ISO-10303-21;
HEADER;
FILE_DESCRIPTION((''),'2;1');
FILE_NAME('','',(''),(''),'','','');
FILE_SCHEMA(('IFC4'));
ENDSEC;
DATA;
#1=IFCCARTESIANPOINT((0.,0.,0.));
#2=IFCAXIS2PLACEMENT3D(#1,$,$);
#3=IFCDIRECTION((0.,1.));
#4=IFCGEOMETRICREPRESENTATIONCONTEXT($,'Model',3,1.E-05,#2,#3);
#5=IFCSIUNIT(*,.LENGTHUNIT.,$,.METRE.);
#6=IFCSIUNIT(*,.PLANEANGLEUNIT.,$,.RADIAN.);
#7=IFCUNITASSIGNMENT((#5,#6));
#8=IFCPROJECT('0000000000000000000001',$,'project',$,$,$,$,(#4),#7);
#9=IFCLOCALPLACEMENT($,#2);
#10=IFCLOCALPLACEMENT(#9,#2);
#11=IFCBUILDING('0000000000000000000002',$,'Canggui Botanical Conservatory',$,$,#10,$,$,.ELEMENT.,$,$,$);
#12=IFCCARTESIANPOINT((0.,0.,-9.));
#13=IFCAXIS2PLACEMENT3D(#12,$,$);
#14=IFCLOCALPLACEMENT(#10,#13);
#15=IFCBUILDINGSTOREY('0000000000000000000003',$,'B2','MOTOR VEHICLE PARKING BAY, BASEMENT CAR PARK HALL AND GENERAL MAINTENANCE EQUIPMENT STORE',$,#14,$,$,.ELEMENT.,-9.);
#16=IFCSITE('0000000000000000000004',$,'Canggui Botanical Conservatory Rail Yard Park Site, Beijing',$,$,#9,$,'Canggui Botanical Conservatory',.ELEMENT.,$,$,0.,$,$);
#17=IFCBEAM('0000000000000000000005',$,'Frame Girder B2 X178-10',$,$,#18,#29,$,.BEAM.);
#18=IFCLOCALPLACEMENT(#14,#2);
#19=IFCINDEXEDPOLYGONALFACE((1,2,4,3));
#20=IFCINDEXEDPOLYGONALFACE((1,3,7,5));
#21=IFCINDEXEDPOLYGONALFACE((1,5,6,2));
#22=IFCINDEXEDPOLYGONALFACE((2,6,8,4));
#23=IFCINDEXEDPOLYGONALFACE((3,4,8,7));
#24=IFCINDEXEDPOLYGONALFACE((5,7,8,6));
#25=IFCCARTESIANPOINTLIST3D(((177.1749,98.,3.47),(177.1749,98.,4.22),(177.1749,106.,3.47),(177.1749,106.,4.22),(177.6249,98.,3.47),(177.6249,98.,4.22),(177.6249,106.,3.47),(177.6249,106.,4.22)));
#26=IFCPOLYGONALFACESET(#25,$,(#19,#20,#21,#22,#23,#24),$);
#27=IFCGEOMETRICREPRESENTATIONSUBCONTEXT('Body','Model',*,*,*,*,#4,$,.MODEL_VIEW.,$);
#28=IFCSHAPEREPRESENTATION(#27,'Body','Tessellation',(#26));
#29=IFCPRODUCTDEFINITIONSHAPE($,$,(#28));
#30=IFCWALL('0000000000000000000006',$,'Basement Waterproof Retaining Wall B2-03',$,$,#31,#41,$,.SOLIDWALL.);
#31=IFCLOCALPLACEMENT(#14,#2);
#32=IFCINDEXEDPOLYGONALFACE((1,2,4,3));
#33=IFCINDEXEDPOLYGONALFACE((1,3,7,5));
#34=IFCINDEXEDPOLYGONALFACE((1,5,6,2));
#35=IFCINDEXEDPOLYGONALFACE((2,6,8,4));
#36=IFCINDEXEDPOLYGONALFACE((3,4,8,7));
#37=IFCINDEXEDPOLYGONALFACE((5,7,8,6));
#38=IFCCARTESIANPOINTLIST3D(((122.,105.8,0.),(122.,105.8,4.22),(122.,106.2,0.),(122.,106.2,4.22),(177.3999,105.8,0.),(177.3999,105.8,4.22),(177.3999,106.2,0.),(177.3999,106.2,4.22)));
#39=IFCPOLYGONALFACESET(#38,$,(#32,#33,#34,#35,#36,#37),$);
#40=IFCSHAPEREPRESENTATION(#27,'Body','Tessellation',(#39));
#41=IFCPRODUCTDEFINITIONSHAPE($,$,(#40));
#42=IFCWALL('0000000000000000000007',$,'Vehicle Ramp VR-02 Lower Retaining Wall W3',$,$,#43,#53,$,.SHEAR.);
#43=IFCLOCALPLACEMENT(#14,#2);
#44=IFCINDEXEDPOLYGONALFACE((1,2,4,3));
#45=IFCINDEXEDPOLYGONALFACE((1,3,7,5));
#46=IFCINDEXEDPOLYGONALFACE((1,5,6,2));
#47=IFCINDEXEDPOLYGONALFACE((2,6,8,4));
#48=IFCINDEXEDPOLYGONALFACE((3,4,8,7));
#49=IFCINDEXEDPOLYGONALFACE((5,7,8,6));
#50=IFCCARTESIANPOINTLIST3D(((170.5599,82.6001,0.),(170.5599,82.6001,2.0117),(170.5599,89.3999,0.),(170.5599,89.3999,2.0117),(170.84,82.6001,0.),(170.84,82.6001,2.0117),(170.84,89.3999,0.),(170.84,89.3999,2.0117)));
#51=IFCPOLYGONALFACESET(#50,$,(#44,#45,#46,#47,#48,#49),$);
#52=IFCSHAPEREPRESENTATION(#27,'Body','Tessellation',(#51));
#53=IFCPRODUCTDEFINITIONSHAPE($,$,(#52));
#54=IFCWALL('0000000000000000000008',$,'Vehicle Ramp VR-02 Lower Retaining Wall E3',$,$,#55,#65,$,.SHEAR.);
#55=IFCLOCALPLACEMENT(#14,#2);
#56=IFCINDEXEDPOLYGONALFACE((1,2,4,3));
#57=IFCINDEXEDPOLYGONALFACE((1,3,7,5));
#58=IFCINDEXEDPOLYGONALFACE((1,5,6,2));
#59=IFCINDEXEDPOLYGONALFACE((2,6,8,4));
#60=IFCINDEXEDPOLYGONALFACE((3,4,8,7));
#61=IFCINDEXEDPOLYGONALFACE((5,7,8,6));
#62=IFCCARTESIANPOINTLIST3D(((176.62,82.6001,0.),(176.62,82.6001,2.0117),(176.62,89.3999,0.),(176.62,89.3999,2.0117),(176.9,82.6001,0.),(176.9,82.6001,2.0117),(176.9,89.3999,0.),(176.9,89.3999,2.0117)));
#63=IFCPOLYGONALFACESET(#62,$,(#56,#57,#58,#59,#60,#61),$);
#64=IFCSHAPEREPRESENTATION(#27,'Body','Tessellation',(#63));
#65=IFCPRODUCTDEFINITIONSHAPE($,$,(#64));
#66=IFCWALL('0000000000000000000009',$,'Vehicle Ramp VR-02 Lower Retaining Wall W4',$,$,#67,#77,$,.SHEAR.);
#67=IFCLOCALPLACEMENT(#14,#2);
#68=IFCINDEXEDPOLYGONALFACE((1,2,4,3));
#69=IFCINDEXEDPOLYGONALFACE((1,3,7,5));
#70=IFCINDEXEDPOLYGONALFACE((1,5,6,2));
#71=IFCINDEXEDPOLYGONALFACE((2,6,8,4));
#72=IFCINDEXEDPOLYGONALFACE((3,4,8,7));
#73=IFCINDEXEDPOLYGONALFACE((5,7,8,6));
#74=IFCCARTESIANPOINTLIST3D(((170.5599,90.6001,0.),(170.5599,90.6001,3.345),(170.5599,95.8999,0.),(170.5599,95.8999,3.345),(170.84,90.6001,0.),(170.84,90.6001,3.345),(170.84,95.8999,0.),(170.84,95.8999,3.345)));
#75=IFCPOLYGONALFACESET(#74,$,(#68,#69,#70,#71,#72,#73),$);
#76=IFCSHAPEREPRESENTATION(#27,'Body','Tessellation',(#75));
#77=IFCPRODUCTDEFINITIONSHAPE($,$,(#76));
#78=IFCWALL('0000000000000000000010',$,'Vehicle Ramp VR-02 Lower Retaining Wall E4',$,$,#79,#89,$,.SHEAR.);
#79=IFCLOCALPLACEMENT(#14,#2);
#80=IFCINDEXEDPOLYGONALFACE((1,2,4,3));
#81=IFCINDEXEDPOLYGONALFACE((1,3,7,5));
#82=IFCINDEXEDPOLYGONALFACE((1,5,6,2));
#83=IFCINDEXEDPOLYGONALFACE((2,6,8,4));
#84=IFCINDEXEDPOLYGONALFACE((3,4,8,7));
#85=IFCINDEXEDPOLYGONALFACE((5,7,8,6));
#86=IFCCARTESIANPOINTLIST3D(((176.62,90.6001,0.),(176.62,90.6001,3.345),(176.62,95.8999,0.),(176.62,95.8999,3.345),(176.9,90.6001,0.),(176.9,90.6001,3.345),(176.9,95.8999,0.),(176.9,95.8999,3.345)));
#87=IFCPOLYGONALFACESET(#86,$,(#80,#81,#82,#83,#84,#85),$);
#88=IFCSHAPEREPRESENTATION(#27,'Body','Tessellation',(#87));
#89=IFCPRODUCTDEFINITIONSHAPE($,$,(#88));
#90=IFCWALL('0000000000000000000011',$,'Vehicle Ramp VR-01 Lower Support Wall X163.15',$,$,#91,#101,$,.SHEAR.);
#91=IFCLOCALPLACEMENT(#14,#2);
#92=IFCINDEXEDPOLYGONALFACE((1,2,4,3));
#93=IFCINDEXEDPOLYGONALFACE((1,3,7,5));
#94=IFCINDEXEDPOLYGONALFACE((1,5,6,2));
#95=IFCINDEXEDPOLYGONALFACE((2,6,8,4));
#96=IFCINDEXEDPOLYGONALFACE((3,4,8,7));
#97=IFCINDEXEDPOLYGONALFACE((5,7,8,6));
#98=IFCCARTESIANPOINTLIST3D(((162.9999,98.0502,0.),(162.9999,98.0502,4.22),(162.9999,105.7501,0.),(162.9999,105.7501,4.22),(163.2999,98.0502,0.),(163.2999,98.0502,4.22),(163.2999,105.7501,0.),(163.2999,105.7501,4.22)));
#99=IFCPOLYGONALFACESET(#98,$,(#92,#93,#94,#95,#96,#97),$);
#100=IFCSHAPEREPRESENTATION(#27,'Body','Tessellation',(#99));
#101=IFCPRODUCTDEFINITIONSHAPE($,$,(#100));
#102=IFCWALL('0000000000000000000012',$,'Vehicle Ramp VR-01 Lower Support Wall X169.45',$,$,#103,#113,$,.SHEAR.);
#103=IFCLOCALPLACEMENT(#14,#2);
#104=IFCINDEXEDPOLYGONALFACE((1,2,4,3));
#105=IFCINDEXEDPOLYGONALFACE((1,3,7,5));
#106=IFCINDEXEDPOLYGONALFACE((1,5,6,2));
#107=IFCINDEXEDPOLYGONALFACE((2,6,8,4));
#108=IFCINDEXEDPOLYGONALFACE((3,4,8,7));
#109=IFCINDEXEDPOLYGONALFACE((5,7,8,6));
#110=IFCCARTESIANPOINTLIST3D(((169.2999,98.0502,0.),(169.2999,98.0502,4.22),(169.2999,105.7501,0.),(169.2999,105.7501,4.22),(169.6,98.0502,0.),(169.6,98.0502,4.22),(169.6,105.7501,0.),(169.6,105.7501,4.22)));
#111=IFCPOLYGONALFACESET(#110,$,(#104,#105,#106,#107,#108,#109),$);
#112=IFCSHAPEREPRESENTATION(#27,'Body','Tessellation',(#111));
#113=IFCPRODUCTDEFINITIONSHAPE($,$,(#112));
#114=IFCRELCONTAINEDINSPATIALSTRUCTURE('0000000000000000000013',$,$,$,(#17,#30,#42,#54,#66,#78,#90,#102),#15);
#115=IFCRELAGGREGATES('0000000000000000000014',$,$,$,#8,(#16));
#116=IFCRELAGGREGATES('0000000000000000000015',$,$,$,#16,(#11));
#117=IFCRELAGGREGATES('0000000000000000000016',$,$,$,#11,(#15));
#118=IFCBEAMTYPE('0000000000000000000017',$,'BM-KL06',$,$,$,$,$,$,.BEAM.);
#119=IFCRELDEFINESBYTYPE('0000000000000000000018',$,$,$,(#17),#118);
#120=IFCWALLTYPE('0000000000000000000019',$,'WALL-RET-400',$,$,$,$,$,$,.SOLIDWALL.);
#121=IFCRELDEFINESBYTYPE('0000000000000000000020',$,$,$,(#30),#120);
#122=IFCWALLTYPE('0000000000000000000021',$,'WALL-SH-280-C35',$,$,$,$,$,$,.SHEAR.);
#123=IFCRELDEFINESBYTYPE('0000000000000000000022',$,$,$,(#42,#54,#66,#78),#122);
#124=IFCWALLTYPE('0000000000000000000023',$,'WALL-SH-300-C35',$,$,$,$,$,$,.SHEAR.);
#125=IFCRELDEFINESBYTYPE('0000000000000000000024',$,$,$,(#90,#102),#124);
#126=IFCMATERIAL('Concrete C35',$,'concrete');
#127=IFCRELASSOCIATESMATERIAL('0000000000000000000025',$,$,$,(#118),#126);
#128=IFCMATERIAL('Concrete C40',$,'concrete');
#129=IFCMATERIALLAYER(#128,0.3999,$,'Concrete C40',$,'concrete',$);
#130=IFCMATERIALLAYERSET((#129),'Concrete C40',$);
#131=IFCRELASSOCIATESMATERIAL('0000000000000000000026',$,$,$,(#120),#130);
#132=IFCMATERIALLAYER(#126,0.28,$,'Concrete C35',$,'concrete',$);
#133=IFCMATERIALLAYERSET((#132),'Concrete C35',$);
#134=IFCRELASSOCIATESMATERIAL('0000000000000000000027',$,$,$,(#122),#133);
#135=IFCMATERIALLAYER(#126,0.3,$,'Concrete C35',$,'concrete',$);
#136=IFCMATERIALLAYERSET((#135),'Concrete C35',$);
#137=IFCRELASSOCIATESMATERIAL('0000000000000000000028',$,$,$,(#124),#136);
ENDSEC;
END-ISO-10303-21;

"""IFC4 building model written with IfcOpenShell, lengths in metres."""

from ifc_helpers import new_model, si_unit, direction, frame, frame_2d, origin, origin_2d, place, context, subcontext, project, spatial, rectangle, extrude, material, layer, layer_set, material_profile, profile_set, type_object, element, save


model = new_model("IFC4")

# Units and contexts
model_context = context("Model", 3, precision=1e-05, world=origin(), true_north=direction((0.0, 1.0)))
body_context = subcontext(model_context, "Body", "Model", "MODEL_VIEW")
ifc_project = project(units=[si_unit("LENGTHUNIT", "METRE"), si_unit("PLANEANGLEUNIT", "RADIAN")], contexts=[model_context])

# Site, building, storey
site_placement = place(None, origin())
site = spatial("IfcSite", under=ifc_project, at=site_placement, Name="Canggui Botanical Conservatory Rail Yard Park Site, Beijing", LongName="Canggui Botanical Conservatory", CompositionType="ELEMENT", RefElevation=0.0)
building_placement = place(site_placement, origin())
building = spatial("IfcBuilding", under=site, at=building_placement, Name="Canggui Botanical Conservatory", CompositionType="ELEMENT")
storey_placement = place(building_placement, frame((0.0, 0.0, -9.0)))
storey = spatial("IfcBuildingStorey", under=building, at=storey_placement, Name="B2", Description="MOTOR VEHICLE PARKING BAY, BASEMENT CAR PARK HALL AND GENERAL MAINTENANCE EQUIPMENT STORE", CompositionType="ELEMENT", Elevation=-9.0)

# Shared definitions
ifc_material_1 = material(Name="Concrete C35", Category="concrete")

# Beam
ifc_material_profile_1 = material_profile(ifc_material_1, rectangle(XDim=0.45, YDim=0.75, at=origin_2d()), Name="RB 450x750")
ifc_profile_set_1 = profile_set([ifc_material_profile_1], Name="Concrete C35")
beam_type_1 = type_object("IfcBeamType", Name="BM-KL06", PredefinedType="BEAM", material=ifc_profile_set_1)
for number, where, z_axis, x_axis, name in (
    (1, (177.3999, 98.0, 3.845), (0.0, 1.0, 0.0), (-1.0, 0.0, 0.0), "Frame Girder B2 X178-10"),
):
    element("IfcBeam", number, at=place(storey_placement, frame(where, z_axis=z_axis, x_axis=x_axis)), inside=storey, type_object=beam_type_1, Name=name, PredefinedType="BEAM", context=body_context, shape_type="SweptSolid", body=[
        extrude(rectangle(XDim=0.45, YDim=0.75, at=origin_2d()), origin(), (0.0, 0.0, 1.0), 8.0),
    ])

# Walls
ifc_material_2 = material(Name="Concrete C40", Category="concrete")
ifc_layer_1 = layer(ifc_material_2, 0.3999, Name="Concrete C40", Category="concrete")
ifc_layer_set_1 = layer_set([ifc_layer_1], Name="Concrete C40")
wall_type_1 = type_object("IfcWallType", Name="WALL-RET-400", PredefinedType="SOLIDWALL", material=ifc_layer_set_1)
wall_placement = place(storey_placement, frame((177.3999, 106.0, 0.0), z_axis=(0.0, 0.0, 1.0), x_axis=(-1.0, 0.0, 0.0)))
element("IfcWall", 2, at=wall_placement, inside=storey, type_object=wall_type_1, Name="Basement Waterproof Retaining Wall B2-03", PredefinedType="SOLIDWALL", context=body_context, shape_type="SweptSolid", body=[
    extrude(rectangle(XDim=55.3999, YDim=0.3999, at=frame_2d((27.7, 0.0))), origin(), (0.0, 0.0, 1.0), 4.22),
])
ifc_layer_2 = layer(ifc_material_1, 0.28, Name="Concrete C35", Category="concrete")
ifc_layer_set_2 = layer_set([ifc_layer_2], Name="Concrete C35")
wall_type_2 = type_object("IfcWallType", Name="WALL-SH-280-C35", PredefinedType="SHEAR", material=ifc_layer_set_2)
for number, where, z_axis, x_axis, name in (
    (3, (170.7, 82.6001, 0.0), (0.0, 0.0, 1.0), (0.0, 1.0, 0.0), "Vehicle Ramp VR-02 Lower Retaining Wall W3"),
    (4, (176.76, 82.6001, 0.0), (0.0, 0.0, 1.0), (0.0, 1.0, 0.0), "Vehicle Ramp VR-02 Lower Retaining Wall E3"),
):
    element("IfcWall", number, at=place(storey_placement, frame(where, z_axis=z_axis, x_axis=x_axis)), inside=storey, type_object=wall_type_2, Name=name, PredefinedType="SHEAR", context=body_context, shape_type="SweptSolid", body=[
        extrude(rectangle(XDim=6.7998, YDim=0.28, at=frame_2d((3.3999, 0.0))), origin(), (0.0, 0.0, 1.0), 2.0117),
    ])
for number, where, z_axis, x_axis, name in (
    (5, (170.7, 90.6001, 0.0), (0.0, 0.0, 1.0), (0.0, 1.0, 0.0), "Vehicle Ramp VR-02 Lower Retaining Wall W4"),
    (6, (176.76, 90.6001, 0.0), (0.0, 0.0, 1.0), (0.0, 1.0, 0.0), "Vehicle Ramp VR-02 Lower Retaining Wall E4"),
):
    element("IfcWall", number, at=place(storey_placement, frame(where, z_axis=z_axis, x_axis=x_axis)), inside=storey, type_object=wall_type_2, Name=name, PredefinedType="SHEAR", context=body_context, shape_type="SweptSolid", body=[
        extrude(rectangle(XDim=5.2998, YDim=0.28, at=frame_2d((2.6499, 0.0))), origin(), (0.0, 0.0, 1.0), 3.345),
    ])
ifc_layer_3 = layer(ifc_material_1, 0.3, Name="Concrete C35", Category="concrete")
ifc_layer_set_3 = layer_set([ifc_layer_3], Name="Concrete C35")
wall_type_3 = type_object("IfcWallType", Name="WALL-SH-300-C35", PredefinedType="SHEAR", material=ifc_layer_set_3)
for number, where, z_axis, x_axis, name in (
    (7, (163.1499, 98.05, 0.0), (0.0, 0.0, 1.0), (0.0, 1.0, 0.0), "Vehicle Ramp VR-01 Lower Support Wall X163.15"),
    (8, (169.45, 98.05, 0.0), (0.0, 0.0, 1.0), (0.0, 1.0, 0.0), "Vehicle Ramp VR-01 Lower Support Wall X169.45"),
):
    element("IfcWall", number, at=place(storey_placement, frame(where, z_axis=z_axis, x_axis=x_axis)), inside=storey, type_object=wall_type_3, Name=name, PredefinedType="SHEAR", context=body_context, shape_type="SweptSolid", body=[
        extrude(rectangle(XDim=7.7, YDim=0.3, at=frame_2d((3.8501, 0.0))), origin(), (0.0, 0.0, 1.0), 4.22),
    ])

save(model, "model.ifc")
